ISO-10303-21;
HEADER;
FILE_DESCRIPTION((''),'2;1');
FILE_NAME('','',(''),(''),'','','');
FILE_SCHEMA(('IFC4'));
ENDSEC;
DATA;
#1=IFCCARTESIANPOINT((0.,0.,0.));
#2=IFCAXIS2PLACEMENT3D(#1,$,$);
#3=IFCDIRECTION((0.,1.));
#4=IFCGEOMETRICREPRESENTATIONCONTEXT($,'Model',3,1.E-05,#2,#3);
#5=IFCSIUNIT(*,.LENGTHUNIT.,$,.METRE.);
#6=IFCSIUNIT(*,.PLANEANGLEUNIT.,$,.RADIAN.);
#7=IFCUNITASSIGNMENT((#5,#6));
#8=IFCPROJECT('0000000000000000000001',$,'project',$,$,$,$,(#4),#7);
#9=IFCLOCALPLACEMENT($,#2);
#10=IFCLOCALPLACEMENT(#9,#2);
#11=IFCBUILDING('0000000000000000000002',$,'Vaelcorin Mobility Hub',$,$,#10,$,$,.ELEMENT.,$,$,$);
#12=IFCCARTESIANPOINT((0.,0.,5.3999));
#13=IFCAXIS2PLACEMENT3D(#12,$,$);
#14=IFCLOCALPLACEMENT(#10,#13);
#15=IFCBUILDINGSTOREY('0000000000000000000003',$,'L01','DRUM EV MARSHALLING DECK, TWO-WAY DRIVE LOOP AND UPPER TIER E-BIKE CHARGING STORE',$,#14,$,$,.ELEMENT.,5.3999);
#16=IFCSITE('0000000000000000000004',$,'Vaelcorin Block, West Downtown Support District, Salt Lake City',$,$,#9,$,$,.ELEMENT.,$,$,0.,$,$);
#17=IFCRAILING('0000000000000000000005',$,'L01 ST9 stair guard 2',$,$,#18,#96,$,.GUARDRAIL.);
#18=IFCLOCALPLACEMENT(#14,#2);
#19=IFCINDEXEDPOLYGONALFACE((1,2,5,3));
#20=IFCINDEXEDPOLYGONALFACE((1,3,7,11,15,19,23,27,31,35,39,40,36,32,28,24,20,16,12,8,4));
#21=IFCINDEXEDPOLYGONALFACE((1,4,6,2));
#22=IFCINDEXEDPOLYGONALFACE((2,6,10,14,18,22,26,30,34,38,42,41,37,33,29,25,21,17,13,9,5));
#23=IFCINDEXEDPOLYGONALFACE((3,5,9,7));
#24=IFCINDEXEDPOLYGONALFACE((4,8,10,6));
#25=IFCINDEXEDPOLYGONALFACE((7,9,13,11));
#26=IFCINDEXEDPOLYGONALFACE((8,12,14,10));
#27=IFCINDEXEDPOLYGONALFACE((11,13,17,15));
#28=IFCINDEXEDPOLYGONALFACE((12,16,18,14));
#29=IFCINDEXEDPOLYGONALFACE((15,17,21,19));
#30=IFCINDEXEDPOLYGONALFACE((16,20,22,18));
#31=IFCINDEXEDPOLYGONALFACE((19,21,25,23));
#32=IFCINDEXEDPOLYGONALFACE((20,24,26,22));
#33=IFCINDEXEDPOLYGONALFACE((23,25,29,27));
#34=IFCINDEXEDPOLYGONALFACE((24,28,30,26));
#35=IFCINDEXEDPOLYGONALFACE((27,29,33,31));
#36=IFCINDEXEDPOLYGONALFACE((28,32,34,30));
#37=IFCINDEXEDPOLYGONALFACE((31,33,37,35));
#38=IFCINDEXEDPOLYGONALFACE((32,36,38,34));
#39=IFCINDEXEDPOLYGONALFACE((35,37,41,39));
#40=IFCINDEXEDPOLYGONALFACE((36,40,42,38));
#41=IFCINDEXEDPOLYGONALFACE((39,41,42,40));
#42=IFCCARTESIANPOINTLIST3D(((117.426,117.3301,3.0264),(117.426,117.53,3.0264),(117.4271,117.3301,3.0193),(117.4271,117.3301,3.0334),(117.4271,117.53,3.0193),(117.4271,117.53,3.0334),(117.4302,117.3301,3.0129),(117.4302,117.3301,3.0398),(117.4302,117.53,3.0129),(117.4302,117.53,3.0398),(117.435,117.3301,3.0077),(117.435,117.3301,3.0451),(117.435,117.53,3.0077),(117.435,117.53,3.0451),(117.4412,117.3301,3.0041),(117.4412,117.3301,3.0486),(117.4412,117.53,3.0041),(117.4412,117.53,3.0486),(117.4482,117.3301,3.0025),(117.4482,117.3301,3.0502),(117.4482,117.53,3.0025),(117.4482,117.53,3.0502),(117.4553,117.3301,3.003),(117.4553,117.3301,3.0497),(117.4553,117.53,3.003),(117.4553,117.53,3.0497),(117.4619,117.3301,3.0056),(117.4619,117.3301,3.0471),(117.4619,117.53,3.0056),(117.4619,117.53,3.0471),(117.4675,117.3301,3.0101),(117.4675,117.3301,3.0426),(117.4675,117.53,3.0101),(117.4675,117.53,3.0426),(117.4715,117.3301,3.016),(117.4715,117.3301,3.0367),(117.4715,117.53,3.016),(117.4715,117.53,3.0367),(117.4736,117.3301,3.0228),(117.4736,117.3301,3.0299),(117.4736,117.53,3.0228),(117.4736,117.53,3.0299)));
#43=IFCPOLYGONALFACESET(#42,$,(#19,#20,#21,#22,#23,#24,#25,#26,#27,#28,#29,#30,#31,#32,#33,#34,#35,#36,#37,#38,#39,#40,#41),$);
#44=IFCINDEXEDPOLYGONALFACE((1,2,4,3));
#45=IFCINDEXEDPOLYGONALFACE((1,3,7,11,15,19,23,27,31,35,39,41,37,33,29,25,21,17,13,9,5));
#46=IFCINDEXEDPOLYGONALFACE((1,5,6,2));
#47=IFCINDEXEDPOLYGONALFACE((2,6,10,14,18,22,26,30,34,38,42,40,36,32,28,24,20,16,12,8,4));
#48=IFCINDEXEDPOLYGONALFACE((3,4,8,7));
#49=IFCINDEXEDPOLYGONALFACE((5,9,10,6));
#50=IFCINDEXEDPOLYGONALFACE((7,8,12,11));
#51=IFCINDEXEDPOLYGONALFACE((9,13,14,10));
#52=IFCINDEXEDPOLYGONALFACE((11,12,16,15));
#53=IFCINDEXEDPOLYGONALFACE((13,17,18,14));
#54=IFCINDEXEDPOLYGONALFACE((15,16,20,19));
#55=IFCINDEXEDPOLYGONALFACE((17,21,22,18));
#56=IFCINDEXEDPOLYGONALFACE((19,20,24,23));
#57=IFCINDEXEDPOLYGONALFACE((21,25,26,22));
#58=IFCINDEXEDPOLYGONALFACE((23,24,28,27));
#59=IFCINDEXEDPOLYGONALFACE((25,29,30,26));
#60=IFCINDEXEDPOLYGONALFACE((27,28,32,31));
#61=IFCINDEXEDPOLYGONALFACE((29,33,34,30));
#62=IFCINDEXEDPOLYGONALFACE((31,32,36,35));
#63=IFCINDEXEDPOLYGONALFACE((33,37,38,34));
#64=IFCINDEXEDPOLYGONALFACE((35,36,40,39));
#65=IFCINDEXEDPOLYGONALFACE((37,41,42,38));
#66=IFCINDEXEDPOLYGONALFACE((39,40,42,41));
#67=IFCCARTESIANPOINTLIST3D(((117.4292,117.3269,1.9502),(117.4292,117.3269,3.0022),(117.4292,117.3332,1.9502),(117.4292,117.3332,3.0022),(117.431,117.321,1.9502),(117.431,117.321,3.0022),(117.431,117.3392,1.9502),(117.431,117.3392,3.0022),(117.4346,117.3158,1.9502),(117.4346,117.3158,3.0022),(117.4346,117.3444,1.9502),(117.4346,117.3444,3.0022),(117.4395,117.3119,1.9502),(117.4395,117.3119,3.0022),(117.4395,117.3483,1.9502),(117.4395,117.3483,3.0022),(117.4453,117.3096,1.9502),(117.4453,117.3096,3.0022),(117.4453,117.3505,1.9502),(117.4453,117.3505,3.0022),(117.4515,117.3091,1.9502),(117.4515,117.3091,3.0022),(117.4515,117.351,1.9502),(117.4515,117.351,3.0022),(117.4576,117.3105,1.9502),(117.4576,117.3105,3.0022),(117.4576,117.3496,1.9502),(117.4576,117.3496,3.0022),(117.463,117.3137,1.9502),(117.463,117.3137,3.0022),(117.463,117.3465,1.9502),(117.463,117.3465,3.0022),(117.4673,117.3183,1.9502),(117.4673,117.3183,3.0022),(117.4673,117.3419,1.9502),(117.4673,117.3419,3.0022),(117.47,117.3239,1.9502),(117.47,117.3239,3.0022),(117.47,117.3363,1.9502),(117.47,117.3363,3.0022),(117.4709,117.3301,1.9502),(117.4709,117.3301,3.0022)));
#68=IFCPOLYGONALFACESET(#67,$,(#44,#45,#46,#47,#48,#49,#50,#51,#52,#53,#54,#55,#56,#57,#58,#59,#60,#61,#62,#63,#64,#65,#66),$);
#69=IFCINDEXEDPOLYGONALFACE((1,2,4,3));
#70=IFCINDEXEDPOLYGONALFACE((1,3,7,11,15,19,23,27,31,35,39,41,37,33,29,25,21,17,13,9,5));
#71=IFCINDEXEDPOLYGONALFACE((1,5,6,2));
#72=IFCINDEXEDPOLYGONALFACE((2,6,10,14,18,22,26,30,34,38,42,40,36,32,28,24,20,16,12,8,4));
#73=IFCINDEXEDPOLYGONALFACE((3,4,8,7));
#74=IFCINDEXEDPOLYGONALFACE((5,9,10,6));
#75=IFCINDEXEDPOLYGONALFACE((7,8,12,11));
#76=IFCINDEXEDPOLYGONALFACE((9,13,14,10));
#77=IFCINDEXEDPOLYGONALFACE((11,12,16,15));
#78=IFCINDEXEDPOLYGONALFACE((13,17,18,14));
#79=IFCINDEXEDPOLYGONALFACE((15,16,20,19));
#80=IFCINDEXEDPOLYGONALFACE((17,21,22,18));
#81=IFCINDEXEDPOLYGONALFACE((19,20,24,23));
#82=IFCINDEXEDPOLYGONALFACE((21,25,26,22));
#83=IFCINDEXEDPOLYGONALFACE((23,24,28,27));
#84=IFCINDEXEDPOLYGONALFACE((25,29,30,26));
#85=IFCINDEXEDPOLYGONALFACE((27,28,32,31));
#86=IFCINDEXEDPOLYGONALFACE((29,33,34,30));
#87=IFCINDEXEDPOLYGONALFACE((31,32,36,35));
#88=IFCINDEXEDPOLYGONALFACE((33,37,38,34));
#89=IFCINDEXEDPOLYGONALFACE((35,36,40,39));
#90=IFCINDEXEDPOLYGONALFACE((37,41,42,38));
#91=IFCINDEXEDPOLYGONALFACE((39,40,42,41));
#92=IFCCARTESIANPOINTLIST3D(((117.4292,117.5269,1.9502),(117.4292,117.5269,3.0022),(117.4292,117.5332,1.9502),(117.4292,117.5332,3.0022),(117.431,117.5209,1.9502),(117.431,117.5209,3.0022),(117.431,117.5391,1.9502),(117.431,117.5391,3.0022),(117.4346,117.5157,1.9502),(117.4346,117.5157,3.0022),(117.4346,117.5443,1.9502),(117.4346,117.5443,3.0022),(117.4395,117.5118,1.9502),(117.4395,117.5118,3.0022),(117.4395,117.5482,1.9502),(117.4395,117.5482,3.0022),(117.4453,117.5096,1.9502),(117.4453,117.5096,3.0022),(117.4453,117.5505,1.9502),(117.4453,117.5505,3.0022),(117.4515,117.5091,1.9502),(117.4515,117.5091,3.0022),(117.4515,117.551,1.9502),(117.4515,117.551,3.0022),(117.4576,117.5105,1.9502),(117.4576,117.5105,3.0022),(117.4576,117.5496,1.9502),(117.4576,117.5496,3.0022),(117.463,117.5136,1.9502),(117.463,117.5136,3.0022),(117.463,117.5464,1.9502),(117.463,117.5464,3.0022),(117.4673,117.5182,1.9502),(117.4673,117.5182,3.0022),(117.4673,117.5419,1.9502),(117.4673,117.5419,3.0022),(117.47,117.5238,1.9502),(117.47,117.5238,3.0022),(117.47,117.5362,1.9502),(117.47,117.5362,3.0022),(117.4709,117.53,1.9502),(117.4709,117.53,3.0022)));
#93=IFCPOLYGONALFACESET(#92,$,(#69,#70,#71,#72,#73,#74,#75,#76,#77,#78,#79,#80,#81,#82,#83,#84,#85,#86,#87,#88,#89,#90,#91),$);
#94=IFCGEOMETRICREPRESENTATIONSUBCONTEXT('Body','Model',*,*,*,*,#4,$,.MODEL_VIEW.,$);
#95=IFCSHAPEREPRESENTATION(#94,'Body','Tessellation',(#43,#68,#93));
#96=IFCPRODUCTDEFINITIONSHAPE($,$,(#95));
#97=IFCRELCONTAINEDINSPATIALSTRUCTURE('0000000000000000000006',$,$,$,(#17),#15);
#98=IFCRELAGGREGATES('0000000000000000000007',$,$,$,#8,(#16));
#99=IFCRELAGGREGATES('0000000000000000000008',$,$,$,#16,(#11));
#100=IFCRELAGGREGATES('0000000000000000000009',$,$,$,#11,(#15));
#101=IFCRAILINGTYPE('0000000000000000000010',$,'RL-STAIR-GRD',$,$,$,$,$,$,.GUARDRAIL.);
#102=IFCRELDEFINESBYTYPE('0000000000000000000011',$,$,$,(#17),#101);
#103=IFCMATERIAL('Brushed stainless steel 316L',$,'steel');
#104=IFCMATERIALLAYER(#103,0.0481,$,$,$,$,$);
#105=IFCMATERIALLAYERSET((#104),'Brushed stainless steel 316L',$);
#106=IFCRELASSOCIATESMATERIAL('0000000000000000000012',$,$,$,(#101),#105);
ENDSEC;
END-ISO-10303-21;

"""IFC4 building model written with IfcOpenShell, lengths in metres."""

from ifc_helpers import new_model, si_unit, direction, frame, origin, origin_2d, place, context, subcontext, project, spatial, circle, extrude, material, layer, layer_set, type_object, element, save


model = new_model("IFC4")

# Units and contexts
model_context = context("Model", 3, precision=1e-05, world=origin(), true_north=direction((0.0, 1.0)))
body_context = subcontext(model_context, "Body", "Model", "MODEL_VIEW")
ifc_project = project(units=[si_unit("LENGTHUNIT", "METRE"), si_unit("PLANEANGLEUNIT", "RADIAN")], contexts=[model_context])

# Site, building, storey
site_placement = place(None, origin())
site = spatial("IfcSite", under=ifc_project, at=site_placement, Name="Vaelcorin Block, West Downtown Support District, Salt Lake City", CompositionType="ELEMENT", RefElevation=0.0)
building_placement = place(site_placement, origin())
building = spatial("IfcBuilding", under=site, at=building_placement, Name="Vaelcorin Mobility Hub", CompositionType="ELEMENT")
storey_placement = place(building_placement, frame((0.0, 0.0, 5.3999)))
storey = spatial("IfcBuildingStorey", under=building, at=storey_placement, Name="L01", Description="DRUM EV MARSHALLING DECK, TWO-WAY DRIVE LOOP AND UPPER TIER E-BIKE CHARGING STORE", CompositionType="ELEMENT", Elevation=5.3999)

# Railing
ifc_material_1 = material(Name="Brushed stainless steel 316L", Category="steel")
ifc_layer_1 = layer(ifc_material_1, 0.0481)
ifc_layer_set_1 = layer_set([ifc_layer_1], Name="Brushed stainless steel 316L")
railing_type_1 = type_object("IfcRailingType", Name="RL-STAIR-GRD", PredefinedType="GUARDRAIL", material=ifc_layer_set_1)
railing_1_placement = place(storey_placement, frame((117.45, 117.3301, 1.9502)))
element("IfcRailing", 1, at=railing_1_placement, inside=storey, type_object=railing_type_1, Name="L01 ST9 stair guard 2", PredefinedType="GUARDRAIL", context=body_context, shape_type="SweptSolid", body=[
    extrude(circle(Radius=0.0239, at=origin_2d()), frame((0.0, 0.0, 1.0762), z_axis=(0.0, 1.0, 0.0), x_axis=(-1.0, 0.0, 0.0)), (0.0, 0.0, 1.0), 0.2),
    extrude(circle(Radius=0.021, at=origin_2d()), origin(), (0.0, 0.0, 1.0), 1.052),
    extrude(circle(Radius=0.021, at=origin_2d()), frame((0.0, 0.2, 0.0)), (0.0, 0.0, 1.0), 1.052),
])

save(model, "model.ifc")
